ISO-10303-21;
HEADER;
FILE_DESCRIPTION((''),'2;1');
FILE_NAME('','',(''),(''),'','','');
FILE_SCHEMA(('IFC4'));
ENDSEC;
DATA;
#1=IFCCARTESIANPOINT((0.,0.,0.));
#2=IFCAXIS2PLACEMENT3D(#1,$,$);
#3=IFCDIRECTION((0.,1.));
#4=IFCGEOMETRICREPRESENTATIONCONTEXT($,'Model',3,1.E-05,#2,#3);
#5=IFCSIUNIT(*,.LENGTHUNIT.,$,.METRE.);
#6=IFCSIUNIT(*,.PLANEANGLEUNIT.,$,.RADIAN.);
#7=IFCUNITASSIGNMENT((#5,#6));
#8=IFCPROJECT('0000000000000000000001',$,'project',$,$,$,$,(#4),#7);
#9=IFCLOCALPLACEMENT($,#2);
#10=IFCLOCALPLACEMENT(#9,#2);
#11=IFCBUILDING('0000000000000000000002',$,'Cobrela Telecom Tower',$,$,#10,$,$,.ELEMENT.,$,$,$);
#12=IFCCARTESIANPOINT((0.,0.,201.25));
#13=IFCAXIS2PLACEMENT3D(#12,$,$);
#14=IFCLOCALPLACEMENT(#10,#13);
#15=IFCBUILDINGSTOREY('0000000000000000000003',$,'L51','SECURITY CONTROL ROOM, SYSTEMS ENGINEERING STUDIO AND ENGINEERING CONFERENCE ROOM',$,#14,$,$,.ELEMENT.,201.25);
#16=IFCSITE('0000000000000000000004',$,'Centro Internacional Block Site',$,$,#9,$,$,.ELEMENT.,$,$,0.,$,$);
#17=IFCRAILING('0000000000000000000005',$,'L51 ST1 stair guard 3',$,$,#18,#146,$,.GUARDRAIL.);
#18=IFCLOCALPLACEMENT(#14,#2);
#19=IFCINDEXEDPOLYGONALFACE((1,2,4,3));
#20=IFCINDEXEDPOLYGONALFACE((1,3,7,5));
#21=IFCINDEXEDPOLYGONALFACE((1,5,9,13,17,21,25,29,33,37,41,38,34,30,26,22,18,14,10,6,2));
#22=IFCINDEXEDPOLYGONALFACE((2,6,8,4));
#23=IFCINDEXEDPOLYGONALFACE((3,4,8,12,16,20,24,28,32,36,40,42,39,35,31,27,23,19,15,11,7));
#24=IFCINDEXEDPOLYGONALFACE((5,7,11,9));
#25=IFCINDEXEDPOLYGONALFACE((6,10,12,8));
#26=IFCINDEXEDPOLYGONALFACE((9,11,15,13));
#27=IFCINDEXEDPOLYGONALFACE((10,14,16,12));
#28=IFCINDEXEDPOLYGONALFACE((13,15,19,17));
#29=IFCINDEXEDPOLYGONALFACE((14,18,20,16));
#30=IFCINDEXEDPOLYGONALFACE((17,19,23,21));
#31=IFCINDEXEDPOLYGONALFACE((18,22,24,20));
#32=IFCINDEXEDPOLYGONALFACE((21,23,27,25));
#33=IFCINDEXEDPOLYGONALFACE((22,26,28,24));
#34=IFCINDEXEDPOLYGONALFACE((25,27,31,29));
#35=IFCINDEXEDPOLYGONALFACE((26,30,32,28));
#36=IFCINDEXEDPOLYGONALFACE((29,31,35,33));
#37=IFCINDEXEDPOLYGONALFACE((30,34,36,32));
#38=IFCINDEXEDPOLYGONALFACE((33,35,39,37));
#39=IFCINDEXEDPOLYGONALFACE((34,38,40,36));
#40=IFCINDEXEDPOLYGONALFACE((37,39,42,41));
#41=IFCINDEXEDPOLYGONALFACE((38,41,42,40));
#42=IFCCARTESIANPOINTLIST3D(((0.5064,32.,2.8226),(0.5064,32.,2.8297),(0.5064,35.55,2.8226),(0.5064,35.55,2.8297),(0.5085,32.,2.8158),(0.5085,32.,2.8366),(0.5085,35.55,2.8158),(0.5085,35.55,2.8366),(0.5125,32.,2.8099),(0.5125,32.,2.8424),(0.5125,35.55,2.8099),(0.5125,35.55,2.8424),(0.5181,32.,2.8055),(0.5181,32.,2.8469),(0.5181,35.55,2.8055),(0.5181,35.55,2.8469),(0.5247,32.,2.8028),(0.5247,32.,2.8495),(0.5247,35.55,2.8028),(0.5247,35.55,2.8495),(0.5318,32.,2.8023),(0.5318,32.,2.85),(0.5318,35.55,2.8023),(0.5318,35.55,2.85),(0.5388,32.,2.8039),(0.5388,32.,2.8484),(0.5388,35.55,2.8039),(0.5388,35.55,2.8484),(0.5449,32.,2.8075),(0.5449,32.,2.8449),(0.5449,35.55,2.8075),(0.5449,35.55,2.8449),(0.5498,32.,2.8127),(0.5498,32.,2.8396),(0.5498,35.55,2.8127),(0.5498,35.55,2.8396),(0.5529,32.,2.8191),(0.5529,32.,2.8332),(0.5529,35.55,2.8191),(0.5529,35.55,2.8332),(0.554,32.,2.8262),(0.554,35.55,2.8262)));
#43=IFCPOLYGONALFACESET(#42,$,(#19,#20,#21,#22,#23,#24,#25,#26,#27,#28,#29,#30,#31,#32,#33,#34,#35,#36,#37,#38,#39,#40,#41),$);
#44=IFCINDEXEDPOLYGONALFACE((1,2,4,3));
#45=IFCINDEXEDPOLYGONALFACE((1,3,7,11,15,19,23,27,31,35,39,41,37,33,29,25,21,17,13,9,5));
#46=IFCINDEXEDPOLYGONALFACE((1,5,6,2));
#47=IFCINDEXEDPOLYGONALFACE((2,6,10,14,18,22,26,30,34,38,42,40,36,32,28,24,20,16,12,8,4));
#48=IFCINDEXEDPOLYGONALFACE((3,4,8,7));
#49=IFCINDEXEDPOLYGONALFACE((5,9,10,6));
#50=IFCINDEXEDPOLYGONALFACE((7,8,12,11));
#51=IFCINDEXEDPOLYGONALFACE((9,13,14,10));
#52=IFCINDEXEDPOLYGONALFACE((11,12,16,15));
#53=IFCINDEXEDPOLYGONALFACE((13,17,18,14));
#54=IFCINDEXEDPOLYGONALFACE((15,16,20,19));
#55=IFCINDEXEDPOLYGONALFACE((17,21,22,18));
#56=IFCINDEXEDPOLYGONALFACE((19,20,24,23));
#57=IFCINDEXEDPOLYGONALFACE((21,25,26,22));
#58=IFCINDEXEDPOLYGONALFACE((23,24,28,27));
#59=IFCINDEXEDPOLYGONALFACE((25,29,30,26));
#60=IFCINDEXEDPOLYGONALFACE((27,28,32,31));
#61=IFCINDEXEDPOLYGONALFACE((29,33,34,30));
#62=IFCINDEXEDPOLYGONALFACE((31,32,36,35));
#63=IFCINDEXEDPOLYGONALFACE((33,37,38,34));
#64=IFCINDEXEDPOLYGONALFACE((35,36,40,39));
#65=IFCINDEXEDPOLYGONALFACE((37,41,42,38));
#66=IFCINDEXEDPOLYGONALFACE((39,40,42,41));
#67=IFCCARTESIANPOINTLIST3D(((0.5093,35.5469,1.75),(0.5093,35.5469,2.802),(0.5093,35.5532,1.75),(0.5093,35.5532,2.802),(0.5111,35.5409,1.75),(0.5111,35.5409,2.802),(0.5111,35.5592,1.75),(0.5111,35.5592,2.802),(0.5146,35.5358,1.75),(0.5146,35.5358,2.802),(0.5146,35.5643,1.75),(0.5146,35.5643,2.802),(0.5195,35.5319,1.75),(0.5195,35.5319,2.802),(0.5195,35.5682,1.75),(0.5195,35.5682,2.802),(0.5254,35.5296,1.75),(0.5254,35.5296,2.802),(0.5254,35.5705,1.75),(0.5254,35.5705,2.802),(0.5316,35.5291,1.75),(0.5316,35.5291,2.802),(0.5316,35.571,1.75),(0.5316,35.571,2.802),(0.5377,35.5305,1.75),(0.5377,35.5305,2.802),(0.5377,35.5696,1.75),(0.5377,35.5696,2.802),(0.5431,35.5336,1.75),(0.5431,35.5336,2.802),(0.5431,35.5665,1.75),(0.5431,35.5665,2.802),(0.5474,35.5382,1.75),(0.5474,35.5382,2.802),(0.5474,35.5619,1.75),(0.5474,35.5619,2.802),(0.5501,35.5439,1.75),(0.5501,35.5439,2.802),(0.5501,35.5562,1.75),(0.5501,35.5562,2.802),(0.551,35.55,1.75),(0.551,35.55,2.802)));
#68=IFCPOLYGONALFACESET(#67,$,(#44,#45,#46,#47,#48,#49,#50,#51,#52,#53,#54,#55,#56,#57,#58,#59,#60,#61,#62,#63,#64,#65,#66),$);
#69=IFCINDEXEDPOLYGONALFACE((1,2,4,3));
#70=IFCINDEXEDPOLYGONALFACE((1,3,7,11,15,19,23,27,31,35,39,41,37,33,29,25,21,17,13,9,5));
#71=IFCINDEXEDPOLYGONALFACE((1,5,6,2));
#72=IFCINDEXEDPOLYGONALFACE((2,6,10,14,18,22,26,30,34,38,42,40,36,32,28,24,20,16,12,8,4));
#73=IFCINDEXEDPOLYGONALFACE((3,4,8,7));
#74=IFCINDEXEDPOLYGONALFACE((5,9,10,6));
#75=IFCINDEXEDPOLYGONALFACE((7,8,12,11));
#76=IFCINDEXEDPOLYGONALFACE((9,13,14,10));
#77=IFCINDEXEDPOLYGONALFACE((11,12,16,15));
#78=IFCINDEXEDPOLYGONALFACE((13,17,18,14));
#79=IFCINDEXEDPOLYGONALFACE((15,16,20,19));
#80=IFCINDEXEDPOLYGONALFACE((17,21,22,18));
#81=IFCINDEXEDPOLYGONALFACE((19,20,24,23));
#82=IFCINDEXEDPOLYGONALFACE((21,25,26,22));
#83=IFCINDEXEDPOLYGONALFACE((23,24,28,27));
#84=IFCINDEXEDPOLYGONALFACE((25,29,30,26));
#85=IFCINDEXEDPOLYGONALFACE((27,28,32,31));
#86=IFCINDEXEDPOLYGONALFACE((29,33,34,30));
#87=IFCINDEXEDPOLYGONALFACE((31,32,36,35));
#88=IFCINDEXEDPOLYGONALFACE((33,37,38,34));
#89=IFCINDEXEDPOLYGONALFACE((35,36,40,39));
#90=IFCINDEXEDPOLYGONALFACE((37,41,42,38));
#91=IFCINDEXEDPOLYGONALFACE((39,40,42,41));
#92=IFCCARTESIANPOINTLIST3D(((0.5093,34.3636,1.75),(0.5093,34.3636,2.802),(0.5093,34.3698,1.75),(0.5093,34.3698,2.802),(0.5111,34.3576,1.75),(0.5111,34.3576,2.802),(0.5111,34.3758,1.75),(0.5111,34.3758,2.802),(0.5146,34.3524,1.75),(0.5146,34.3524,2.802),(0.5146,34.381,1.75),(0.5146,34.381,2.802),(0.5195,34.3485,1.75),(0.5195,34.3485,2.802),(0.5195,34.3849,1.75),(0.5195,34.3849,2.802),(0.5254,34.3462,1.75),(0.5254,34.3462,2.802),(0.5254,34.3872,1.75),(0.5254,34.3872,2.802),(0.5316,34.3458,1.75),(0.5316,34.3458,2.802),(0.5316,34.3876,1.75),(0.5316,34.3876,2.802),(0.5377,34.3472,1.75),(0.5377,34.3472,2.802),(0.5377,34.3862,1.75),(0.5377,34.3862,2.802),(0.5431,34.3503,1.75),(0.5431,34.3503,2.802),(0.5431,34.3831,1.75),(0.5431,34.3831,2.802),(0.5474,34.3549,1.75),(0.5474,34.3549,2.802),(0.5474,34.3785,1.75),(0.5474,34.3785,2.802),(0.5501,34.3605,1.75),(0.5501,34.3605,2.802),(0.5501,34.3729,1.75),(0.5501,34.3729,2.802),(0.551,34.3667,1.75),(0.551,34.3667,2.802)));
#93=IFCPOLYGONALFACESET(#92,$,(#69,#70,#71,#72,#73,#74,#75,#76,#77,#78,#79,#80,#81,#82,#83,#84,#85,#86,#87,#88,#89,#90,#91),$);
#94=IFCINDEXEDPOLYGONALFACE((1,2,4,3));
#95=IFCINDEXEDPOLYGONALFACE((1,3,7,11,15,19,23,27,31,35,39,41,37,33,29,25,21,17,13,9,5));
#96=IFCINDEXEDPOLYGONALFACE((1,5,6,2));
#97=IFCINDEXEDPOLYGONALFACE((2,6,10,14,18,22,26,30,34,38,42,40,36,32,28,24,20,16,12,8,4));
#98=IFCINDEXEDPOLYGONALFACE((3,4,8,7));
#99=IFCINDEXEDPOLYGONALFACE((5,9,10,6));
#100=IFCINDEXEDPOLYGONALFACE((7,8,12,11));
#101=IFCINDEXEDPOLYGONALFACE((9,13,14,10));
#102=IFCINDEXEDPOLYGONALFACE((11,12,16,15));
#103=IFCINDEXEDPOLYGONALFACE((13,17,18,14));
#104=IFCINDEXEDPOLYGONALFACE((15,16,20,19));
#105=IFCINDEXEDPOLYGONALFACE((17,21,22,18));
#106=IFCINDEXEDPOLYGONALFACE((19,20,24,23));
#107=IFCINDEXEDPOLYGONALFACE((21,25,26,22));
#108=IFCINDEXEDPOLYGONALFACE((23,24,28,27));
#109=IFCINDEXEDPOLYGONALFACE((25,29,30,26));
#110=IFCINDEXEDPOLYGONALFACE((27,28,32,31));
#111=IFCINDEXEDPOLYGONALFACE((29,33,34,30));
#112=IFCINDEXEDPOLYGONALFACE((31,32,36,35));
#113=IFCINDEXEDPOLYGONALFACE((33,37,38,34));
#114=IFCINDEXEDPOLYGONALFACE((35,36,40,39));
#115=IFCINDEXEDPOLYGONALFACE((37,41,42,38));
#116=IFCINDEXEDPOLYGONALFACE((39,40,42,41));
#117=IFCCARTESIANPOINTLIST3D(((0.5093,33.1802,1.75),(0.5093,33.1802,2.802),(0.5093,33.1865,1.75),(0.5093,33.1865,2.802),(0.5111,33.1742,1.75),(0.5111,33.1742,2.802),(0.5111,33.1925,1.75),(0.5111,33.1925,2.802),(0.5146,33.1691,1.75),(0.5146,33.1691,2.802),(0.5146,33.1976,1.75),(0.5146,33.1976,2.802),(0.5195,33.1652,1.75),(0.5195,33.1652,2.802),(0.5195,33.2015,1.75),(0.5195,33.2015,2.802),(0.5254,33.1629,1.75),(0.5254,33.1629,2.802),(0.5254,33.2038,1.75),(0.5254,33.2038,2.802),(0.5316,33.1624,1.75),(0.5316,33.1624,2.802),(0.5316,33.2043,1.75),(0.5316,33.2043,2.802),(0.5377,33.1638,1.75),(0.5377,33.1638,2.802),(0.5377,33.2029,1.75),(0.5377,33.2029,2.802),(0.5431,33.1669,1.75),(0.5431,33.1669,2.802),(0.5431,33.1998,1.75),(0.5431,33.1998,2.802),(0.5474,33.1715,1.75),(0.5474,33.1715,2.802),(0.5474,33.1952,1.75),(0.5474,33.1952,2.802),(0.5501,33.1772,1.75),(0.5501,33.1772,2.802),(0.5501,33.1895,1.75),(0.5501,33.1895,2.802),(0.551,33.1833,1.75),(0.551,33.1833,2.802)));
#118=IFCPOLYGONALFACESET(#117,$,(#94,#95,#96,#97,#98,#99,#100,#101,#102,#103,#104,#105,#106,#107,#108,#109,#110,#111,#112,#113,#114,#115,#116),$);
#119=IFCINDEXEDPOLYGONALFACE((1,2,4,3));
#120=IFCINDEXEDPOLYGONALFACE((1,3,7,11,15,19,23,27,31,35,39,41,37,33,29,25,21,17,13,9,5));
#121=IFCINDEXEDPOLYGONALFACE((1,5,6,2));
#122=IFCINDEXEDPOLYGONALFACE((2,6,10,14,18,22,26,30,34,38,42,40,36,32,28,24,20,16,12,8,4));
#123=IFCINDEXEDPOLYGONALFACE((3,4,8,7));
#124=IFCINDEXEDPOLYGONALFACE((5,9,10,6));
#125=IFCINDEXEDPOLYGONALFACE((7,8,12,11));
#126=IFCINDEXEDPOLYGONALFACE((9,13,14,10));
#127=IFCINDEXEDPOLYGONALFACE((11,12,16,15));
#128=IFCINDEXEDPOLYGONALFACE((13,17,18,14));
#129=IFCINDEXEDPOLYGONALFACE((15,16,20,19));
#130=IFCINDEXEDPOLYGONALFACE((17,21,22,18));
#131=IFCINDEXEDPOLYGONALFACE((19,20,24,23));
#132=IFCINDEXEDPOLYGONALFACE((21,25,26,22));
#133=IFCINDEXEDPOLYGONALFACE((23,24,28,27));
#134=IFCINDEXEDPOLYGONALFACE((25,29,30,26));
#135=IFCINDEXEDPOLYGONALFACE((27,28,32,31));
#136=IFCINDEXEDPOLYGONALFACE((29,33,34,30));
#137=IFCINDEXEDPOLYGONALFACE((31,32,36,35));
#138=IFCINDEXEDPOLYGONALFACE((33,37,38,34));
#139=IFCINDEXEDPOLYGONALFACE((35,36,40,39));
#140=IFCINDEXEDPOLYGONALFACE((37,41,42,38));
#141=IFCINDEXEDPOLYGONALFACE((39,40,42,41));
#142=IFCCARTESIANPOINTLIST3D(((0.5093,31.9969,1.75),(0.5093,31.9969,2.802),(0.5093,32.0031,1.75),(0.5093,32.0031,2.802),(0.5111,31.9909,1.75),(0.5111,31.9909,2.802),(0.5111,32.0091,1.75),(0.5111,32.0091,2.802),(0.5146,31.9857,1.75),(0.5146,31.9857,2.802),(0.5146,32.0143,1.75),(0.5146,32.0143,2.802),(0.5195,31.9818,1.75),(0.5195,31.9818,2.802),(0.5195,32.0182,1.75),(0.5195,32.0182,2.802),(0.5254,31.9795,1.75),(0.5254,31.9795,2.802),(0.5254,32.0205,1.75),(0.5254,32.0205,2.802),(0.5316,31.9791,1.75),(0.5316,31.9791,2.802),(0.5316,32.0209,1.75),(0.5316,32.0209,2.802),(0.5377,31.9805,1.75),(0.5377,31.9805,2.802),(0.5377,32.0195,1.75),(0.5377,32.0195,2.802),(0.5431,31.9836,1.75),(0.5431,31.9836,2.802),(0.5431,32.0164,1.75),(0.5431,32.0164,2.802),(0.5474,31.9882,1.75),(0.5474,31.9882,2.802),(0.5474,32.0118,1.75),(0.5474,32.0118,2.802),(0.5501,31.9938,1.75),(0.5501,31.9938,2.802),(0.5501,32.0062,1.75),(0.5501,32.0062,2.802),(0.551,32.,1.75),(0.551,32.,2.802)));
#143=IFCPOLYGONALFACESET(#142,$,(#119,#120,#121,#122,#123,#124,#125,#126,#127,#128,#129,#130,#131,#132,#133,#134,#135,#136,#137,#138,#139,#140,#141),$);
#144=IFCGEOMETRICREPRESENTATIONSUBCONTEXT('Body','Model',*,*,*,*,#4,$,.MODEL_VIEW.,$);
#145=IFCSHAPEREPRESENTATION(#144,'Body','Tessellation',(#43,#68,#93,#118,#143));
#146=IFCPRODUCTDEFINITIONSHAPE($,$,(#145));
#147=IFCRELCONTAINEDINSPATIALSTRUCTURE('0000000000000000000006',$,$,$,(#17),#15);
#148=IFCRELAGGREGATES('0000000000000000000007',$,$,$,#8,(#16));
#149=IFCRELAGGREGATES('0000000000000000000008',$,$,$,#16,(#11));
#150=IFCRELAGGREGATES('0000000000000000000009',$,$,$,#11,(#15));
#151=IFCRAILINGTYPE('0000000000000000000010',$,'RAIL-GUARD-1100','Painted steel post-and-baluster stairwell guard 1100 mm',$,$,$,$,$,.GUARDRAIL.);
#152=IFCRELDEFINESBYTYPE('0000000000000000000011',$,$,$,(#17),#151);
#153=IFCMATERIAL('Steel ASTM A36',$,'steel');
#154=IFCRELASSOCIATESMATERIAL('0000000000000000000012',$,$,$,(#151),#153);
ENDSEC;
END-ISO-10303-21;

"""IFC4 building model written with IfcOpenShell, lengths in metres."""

from ifc_helpers import new_model, si_unit, direction, frame, origin, origin_2d, place, context, subcontext, project, spatial, circle, extrude, material, type_object, element, save


model = new_model("IFC4")

# Units and contexts
model_context = context("Model", 3, precision=1e-05, world=origin(), true_north=direction((0.0, 1.0)))
body_context = subcontext(model_context, "Body", "Model", "MODEL_VIEW")
ifc_project = project(units=[si_unit("LENGTHUNIT", "METRE"), si_unit("PLANEANGLEUNIT", "RADIAN")], contexts=[model_context])

# Site, building, storey
site_placement = place(None, origin())
site = spatial("IfcSite", under=ifc_project, at=site_placement, Name="Centro Internacional Block Site", CompositionType="ELEMENT", RefElevation=0.0)
building_placement = place(site_placement, origin())
building = spatial("IfcBuilding", under=site, at=building_placement, Name="Cobrela Telecom Tower", CompositionType="ELEMENT")
storey_placement = place(building_placement, frame((0.0, 0.0, 201.25)))
storey = spatial("IfcBuildingStorey", under=building, at=storey_placement, Name="L51", Description="SECURITY CONTROL ROOM, SYSTEMS ENGINEERING STUDIO AND ENGINEERING CONFERENCE ROOM", CompositionType="ELEMENT", Elevation=201.25)

# Shared definitions
ifc_material_1 = material(Name="Steel ASTM A36", Category="steel")

# Railing
railing_type_1 = type_object("IfcRailingType", Name="RAIL-GUARD-1100", Description="Painted steel post-and-baluster stairwell guard 1100 mm", PredefinedType="GUARDRAIL", material=ifc_material_1)
railing_1_placement = place(storey_placement, frame((0.53, 35.55, 1.75)))
element("IfcRailing", 1, at=railing_1_placement, inside=storey, type_object=railing_type_1, Name="L51 ST1 stair guard 3", PredefinedType="GUARDRAIL", context=body_context, shape_type="SweptSolid", body=[
    extrude(circle(Radius=0.0239, at=origin_2d()), frame((0.0, 0.0, 1.0762), z_axis=(0.0, -1.0, 0.0), x_axis=(1.0, 0.0, 0.0)), (0.0, 0.0, 1.0), 3.55),
    extrude(circle(Radius=0.021, at=origin_2d()), origin(), (0.0, 0.0, 1.0), 1.052),
    extrude(circle(Radius=0.021, at=origin_2d()), frame((0.0, -1.1833, 0.0)), (0.0, 0.0, 1.0), 1.052),
    extrude(circle(Radius=0.021, at=origin_2d()), frame((0.0, -2.3667, 0.0)), (0.0, 0.0, 1.0), 1.052),
    extrude(circle(Radius=0.021, at=origin_2d()), frame((0.0, -3.55, 0.0)), (0.0, 0.0, 1.0), 1.052),
])

save(model, "model.ifc")
